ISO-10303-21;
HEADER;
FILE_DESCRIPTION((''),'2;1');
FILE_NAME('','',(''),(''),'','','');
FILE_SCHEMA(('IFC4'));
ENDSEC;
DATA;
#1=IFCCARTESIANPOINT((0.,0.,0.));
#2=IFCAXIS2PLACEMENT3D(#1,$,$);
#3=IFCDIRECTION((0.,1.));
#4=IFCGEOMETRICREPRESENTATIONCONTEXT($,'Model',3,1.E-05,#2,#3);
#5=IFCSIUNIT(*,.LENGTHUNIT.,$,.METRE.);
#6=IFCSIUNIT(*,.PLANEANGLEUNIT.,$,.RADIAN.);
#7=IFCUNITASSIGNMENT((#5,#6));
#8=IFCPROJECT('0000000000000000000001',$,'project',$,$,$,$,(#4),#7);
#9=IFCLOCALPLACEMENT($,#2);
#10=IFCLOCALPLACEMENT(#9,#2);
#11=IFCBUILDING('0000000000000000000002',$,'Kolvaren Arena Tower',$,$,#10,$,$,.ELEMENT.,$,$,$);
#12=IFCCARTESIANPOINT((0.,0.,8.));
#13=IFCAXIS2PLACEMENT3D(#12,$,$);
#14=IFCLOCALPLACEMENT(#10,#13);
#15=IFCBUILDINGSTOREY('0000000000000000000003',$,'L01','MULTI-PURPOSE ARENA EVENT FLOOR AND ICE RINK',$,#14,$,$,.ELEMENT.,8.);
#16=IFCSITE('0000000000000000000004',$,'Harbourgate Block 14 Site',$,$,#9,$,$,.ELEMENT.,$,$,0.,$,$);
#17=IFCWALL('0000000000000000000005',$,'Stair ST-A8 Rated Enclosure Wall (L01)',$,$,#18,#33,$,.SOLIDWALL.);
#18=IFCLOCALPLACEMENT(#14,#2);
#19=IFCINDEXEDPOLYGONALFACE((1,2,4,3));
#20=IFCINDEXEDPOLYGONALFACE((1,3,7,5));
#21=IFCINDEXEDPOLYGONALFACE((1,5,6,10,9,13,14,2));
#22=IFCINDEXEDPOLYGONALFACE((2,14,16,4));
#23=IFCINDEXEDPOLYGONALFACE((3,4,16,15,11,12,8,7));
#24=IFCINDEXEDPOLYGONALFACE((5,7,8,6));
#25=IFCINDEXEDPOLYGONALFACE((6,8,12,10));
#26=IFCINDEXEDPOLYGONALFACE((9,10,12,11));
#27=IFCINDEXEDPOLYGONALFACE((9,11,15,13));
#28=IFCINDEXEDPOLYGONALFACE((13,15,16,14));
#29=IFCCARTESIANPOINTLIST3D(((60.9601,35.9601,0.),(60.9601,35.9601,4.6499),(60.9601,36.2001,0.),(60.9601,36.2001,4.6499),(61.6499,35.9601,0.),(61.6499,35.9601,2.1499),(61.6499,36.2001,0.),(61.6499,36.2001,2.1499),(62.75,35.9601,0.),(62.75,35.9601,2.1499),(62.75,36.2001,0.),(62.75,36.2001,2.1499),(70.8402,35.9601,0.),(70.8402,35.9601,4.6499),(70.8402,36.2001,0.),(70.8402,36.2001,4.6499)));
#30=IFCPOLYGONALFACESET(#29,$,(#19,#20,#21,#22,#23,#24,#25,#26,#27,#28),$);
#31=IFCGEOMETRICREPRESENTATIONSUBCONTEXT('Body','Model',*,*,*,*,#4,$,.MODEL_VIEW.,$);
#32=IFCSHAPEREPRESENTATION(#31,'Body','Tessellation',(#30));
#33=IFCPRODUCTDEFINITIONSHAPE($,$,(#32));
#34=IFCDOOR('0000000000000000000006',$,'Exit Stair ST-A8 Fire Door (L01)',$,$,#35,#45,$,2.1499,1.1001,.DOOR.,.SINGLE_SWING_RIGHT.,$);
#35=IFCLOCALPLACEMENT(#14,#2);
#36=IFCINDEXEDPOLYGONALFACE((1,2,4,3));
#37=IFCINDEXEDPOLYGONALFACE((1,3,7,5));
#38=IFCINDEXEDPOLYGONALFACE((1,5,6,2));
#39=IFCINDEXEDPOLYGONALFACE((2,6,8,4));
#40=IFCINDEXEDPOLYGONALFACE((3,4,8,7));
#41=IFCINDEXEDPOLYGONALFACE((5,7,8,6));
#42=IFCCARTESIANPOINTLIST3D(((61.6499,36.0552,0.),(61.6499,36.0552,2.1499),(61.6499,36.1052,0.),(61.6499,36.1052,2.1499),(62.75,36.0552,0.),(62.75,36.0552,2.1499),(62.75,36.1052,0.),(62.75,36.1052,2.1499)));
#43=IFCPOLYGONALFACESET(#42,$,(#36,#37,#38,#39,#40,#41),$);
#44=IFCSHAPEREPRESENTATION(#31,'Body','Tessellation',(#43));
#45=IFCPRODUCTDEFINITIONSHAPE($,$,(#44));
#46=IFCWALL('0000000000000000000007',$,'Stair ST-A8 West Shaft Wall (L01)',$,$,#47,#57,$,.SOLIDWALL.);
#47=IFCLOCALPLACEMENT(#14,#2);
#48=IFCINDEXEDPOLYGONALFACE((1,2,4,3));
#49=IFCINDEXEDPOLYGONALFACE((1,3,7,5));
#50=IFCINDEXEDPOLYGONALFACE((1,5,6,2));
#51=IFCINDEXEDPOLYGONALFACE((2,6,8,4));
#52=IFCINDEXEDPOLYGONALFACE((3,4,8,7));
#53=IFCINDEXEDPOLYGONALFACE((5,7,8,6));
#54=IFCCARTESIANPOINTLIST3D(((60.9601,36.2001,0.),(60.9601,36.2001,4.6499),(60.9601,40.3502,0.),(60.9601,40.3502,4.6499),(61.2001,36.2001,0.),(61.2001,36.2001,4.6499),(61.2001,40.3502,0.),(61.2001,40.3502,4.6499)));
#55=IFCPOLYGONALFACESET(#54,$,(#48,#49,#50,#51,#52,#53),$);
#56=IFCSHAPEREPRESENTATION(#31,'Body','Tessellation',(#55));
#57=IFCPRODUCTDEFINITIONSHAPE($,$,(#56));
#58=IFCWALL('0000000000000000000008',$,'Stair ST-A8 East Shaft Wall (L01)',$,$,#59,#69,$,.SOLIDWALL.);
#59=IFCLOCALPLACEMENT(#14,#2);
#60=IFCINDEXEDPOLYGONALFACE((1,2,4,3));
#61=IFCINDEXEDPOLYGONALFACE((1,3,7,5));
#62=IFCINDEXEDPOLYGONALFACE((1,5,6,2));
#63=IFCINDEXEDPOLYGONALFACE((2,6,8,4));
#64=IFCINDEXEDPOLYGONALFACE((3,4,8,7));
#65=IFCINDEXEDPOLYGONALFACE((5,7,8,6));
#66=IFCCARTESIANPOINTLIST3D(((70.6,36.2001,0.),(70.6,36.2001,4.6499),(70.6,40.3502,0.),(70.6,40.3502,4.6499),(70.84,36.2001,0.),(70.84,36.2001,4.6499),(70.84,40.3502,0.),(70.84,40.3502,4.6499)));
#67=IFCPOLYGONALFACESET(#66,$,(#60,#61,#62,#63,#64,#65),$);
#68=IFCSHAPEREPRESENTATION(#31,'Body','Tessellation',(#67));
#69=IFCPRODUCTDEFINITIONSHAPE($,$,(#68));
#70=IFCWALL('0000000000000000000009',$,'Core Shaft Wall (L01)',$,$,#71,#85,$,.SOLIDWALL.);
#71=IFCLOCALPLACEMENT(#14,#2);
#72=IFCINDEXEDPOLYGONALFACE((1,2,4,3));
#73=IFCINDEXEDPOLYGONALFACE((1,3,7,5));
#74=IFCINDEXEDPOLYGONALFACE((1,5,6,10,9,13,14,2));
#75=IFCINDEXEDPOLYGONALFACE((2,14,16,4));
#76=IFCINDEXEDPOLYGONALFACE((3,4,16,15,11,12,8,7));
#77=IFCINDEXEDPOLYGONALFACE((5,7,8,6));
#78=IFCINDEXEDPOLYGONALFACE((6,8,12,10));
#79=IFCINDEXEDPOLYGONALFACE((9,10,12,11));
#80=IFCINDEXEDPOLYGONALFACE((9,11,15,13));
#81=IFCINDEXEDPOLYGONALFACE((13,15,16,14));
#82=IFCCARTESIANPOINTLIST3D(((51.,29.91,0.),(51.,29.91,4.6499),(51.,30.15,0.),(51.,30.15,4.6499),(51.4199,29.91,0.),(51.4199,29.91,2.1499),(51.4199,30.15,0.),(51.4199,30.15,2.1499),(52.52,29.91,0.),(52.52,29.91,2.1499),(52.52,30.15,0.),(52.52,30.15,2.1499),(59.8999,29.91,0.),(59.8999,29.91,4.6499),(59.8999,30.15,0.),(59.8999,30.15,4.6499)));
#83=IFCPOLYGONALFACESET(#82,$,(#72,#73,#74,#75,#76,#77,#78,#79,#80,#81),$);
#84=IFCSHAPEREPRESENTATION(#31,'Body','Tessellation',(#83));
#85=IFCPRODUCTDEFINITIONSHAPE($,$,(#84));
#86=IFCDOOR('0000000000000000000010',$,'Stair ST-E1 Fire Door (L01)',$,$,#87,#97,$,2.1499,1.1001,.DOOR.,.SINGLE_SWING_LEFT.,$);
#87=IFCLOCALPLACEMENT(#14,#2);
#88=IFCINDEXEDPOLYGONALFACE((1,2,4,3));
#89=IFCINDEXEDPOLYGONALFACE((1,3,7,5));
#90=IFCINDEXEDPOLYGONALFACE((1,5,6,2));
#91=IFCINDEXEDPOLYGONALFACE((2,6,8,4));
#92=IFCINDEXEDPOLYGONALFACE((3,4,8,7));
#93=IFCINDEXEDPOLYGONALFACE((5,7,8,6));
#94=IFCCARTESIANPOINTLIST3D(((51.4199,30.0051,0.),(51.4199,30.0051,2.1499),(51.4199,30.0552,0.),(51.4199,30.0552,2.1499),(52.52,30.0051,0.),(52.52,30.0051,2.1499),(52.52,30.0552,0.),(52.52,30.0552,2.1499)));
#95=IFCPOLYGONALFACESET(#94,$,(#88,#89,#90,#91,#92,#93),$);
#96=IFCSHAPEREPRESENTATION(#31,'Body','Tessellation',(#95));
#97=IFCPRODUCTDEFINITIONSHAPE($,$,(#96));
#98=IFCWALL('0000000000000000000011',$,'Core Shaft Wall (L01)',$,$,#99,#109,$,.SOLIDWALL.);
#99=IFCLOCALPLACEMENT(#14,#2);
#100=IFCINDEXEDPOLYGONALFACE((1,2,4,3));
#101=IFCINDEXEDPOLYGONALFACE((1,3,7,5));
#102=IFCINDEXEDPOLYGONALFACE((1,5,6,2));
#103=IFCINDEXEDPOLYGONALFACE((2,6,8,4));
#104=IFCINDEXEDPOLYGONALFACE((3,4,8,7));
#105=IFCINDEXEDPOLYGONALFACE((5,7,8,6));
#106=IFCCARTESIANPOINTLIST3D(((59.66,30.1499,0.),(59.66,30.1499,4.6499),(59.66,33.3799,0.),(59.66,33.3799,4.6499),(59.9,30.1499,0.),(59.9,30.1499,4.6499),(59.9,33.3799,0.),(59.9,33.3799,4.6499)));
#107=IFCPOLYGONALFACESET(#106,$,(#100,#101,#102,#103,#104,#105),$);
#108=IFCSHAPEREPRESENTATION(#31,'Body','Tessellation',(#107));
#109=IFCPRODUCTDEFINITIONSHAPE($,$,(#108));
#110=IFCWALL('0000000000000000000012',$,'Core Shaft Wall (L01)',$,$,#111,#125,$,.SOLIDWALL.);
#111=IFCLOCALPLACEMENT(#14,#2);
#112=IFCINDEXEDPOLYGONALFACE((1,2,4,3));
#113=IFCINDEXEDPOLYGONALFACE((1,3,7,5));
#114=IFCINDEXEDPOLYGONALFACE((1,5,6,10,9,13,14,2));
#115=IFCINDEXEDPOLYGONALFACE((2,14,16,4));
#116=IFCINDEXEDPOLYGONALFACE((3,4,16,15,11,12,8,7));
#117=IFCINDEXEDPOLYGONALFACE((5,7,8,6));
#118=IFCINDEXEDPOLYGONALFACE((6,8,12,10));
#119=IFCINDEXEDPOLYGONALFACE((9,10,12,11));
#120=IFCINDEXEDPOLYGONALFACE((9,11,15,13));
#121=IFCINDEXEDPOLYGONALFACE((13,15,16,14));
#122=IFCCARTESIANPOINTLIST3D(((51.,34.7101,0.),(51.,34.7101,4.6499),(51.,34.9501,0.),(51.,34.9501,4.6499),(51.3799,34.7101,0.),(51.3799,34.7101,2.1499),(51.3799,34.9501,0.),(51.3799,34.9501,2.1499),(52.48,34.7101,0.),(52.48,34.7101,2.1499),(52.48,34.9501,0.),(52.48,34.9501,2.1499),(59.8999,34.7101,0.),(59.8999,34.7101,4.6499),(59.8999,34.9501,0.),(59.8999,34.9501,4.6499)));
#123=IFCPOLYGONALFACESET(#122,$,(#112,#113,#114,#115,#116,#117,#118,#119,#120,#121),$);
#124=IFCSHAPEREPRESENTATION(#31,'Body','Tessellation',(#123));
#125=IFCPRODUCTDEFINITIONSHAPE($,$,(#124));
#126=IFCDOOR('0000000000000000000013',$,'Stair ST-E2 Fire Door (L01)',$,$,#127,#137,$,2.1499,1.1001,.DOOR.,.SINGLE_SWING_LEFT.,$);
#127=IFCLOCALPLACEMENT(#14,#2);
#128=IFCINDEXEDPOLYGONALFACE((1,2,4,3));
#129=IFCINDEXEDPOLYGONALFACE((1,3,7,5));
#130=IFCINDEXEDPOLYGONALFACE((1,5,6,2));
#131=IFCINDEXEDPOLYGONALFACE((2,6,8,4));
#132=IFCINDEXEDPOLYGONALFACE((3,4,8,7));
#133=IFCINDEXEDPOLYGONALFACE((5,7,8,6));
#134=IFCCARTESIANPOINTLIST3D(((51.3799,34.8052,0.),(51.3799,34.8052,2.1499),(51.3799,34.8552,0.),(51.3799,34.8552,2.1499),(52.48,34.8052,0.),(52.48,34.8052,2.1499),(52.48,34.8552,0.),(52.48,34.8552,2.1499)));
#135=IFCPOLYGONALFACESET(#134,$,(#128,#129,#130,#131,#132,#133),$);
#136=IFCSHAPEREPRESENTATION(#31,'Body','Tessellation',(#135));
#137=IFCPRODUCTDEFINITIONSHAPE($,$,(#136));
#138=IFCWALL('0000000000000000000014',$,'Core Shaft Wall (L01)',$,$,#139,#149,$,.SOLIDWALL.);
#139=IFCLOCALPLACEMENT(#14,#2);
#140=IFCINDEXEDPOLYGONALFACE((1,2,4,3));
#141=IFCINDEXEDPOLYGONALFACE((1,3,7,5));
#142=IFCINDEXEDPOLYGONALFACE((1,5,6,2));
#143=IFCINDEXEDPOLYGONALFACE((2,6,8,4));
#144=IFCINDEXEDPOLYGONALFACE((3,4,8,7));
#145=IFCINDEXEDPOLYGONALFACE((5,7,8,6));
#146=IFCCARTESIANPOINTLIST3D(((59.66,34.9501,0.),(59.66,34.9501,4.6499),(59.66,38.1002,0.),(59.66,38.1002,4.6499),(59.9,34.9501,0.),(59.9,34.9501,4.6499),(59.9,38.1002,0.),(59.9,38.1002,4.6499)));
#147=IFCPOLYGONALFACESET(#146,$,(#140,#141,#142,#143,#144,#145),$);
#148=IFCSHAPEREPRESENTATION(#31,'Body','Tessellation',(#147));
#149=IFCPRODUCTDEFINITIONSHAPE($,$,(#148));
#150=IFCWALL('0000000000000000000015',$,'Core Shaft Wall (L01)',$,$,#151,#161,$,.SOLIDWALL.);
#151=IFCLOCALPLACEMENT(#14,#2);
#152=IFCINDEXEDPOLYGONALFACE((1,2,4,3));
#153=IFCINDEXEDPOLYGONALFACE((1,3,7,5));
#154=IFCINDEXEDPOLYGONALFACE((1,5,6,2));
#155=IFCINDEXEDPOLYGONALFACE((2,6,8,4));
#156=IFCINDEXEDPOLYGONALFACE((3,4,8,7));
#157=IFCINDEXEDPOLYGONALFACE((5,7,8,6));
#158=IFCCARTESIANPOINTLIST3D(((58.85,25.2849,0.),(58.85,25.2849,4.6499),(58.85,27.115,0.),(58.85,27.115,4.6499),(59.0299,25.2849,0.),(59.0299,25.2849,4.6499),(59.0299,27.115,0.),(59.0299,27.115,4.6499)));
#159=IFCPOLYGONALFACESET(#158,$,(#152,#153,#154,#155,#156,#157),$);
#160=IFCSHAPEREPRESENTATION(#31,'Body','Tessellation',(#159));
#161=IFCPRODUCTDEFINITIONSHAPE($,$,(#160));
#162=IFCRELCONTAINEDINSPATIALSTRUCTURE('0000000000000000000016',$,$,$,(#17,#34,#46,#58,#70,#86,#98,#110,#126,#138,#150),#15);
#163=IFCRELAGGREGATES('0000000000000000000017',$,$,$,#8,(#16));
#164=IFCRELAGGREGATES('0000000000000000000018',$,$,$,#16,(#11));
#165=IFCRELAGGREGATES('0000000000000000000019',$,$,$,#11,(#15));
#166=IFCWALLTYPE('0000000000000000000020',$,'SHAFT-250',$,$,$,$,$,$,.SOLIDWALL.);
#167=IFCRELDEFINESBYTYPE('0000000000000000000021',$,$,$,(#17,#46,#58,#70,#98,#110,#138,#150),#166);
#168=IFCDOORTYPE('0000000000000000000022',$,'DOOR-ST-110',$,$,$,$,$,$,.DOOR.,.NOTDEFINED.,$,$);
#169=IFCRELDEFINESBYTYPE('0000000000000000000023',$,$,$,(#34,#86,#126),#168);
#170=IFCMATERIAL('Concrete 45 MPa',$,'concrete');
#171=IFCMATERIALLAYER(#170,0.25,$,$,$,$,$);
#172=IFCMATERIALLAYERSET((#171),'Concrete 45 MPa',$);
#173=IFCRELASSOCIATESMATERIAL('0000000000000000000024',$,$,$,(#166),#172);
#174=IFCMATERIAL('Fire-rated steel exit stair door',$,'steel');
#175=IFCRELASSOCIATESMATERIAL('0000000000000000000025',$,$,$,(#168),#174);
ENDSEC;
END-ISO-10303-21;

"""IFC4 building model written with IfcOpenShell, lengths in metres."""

from ifc_helpers import new_model, si_unit, direction, frame, frame_2d, origin, place, context, subcontext, project, spatial, rectangle, extrude, material, layer, layer_set, type_object, element, fill, save


model = new_model("IFC4")

# Units and contexts
model_context = context("Model", 3, precision=1e-05, world=origin(), true_north=direction((0.0, 1.0)))
body_context = subcontext(model_context, "Body", "Model", "MODEL_VIEW")
ifc_project = project(units=[si_unit("LENGTHUNIT", "METRE"), si_unit("PLANEANGLEUNIT", "RADIAN")], contexts=[model_context])

# Site, building, storey
site_placement = place(None, origin())
site = spatial("IfcSite", under=ifc_project, at=site_placement, Name="Harbourgate Block 14 Site", CompositionType="ELEMENT", RefElevation=0.0)
building_placement = place(site_placement, origin())
building = spatial("IfcBuilding", under=site, at=building_placement, Name="Kolvaren Arena Tower", CompositionType="ELEMENT")
storey_placement = place(building_placement, frame((0.0, 0.0, 8.0)))
storey = spatial("IfcBuildingStorey", under=building, at=storey_placement, Name="L01", Description="MULTI-PURPOSE ARENA EVENT FLOOR AND ICE RINK", CompositionType="ELEMENT", Elevation=8.0)

# Wall, opening, door
ifc_material_1 = material(Name="Concrete 45 MPa", Category="concrete")
ifc_layer_1 = layer(ifc_material_1, 0.25)
ifc_layer_set_1 = layer_set([ifc_layer_1], Name="Concrete 45 MPa")
wall_type_1 = type_object("IfcWallType", Name="SHAFT-250", PredefinedType="SOLIDWALL", material=ifc_layer_set_1)
wall_1_placement = place(storey_placement, frame((70.8401, 36.0801, 0.0), z_axis=(0.0, 0.0, 1.0), x_axis=(-1.0, 0.0, 0.0)))
wall_1 = element("IfcWall", 1, at=wall_1_placement, inside=storey, type_object=wall_type_1, Name="Stair ST-A8 Rated Enclosure Wall (L01)", PredefinedType="SOLIDWALL", context=body_context, shape_type="SweptSolid", body=[
    extrude(rectangle(XDim=9.8801, YDim=0.24, at=frame_2d((4.9399, 0.0))), origin(), (0.0, 0.0, 1.0), 4.6499),
])
opening_1_placement = place(wall_1_placement, frame((8.0901, 0.0, 0.0)))
opening_1 = element("IfcOpeningElement", 2, at=opening_1_placement, cuts=wall_1, PredefinedType="OPENING", context=body_context, shape_type="SweptSolid", body=[
    extrude(rectangle(XDim=1.1001, YDim=2.1499, at=frame_2d((0.55, 1.075))), frame((0.0, 0.1299, 0.0), z_axis=(0.0, -1.0, 0.0), x_axis=(1.0, 0.0, 0.0)), (0.0, 0.0, 1.0), 0.26),
])
ifc_material_2 = material(Name="Fire-rated steel exit stair door", Category="steel")
door_type = type_object("IfcDoorType", Name="DOOR-ST-110", OperationType="NOTDEFINED", PredefinedType="DOOR", material=ifc_material_2)
door_1_placement = place(opening_1_placement, origin())
door_1 = element("IfcDoor", 3, at=door_1_placement, inside=storey, type_object=door_type, Name="Exit Stair ST-A8 Fire Door (L01)", OperationType="SINGLE_SWING_RIGHT", OverallHeight=2.1499, OverallWidth=1.1001, PredefinedType="DOOR", context=body_context, shape_type="SweptSolid", body=[
    extrude(rectangle(XDim=1.1001, YDim=2.1499, at=frame_2d((0.55, 1.075))), frame((0.0, 0.0249, 0.0), z_axis=(0.0, -1.0, 0.0), x_axis=(1.0, 0.0, 0.0)), (0.0, 0.0, 1.0), 0.05),
])
fill(opening_1, door_1)

# Walls
for number, where, z_axis, x_axis, name in (
    (4, (61.0801, 36.2, 0.0), (0.0, 0.0, 1.0), (0.0, 1.0, 0.0), "Stair ST-A8 West Shaft Wall (L01)"),
    (5, (70.72, 36.2, 0.0), (0.0, 0.0, 1.0), (0.0, 1.0, 0.0), "Stair ST-A8 East Shaft Wall (L01)"),
):
    element("IfcWall", number, at=place(storey_placement, frame(where, z_axis=z_axis, x_axis=x_axis)), inside=storey, type_object=wall_type_1, Name=name, PredefinedType="SOLIDWALL", context=body_context, shape_type="SweptSolid", body=[
        extrude(rectangle(XDim=4.1501, YDim=0.24, at=frame_2d((2.0752, 0.0))), origin(), (0.0, 0.0, 1.0), 4.6499),
    ])

# Wall, opening, door
wall_2_placement = place(storey_placement, frame((59.8999, 30.03, 0.0), z_axis=(0.0, 0.0, 1.0), x_axis=(-1.0, 0.0, 0.0)))
wall_2 = element("IfcWall", 6, at=wall_2_placement, inside=storey, type_object=wall_type_1, Name="Core Shaft Wall (L01)", PredefinedType="SOLIDWALL", context=body_context, shape_type="SweptSolid", body=[
    extrude(rectangle(XDim=8.8999, YDim=0.24, at=frame_2d((4.45, 0.0))), origin(), (0.0, 0.0, 1.0), 4.6499),
])
opening_2_placement = place(wall_2_placement, frame((7.3799, 0.0, 0.0)))
opening_2 = element("IfcOpeningElement", 7, at=opening_2_placement, cuts=wall_2, PredefinedType="OPENING", context=body_context, shape_type="SweptSolid", body=[
    extrude(rectangle(XDim=1.1001, YDim=2.1499, at=frame_2d((0.55, 1.075))), frame((0.0, 0.1299, 0.0), z_axis=(0.0, -1.0, 0.0), x_axis=(1.0, 0.0, 0.0)), (0.0, 0.0, 1.0), 0.26),
])
door_2_placement = place(opening_2_placement, origin())
door_2 = element("IfcDoor", 8, at=door_2_placement, inside=storey, type_object=door_type, Name="Stair ST-E1 Fire Door (L01)", OperationType="SINGLE_SWING_LEFT", OverallHeight=2.1499, OverallWidth=1.1001, PredefinedType="DOOR", context=body_context, shape_type="SweptSolid", body=[
    extrude(rectangle(XDim=1.1001, YDim=2.1499, at=frame_2d((0.55, 1.075))), frame((0.0, 0.0249, 0.0), z_axis=(0.0, -1.0, 0.0), x_axis=(1.0, 0.0, 0.0)), (0.0, 0.0, 1.0), 0.05),
])
fill(opening_2, door_2)

# Wall
wall_3_placement = place(storey_placement, frame((59.78, 30.1499, 0.0), z_axis=(0.0, 0.0, 1.0), x_axis=(0.0, 1.0, 0.0)))
element("IfcWall", 9, at=wall_3_placement, inside=storey, type_object=wall_type_1, Name="Core Shaft Wall (L01)", PredefinedType="SOLIDWALL", context=body_context, shape_type="SweptSolid", body=[
    extrude(rectangle(XDim=3.23, YDim=0.24, at=frame_2d((1.615, 0.0))), origin(), (0.0, 0.0, 1.0), 4.6499),
])

# Wall, opening, door
wall_4_placement = place(storey_placement, frame((59.8999, 34.8301, 0.0), z_axis=(0.0, 0.0, 1.0), x_axis=(-1.0, 0.0, 0.0)))
wall_4 = element("IfcWall", 10, at=wall_4_placement, inside=storey, type_object=wall_type_1, Name="Core Shaft Wall (L01)", PredefinedType="SOLIDWALL", context=body_context, shape_type="SweptSolid", body=[
    extrude(rectangle(XDim=8.8999, YDim=0.24, at=frame_2d((4.45, 0.0))), origin(), (0.0, 0.0, 1.0), 4.6499),
])
opening_3_placement = place(wall_4_placement, frame((7.4199, 0.0, 0.0)))
opening_3 = element("IfcOpeningElement", 11, at=opening_3_placement, cuts=wall_4, PredefinedType="OPENING", context=body_context, shape_type="SweptSolid", body=[
    extrude(rectangle(XDim=1.1001, YDim=2.1499, at=frame_2d((0.55, 1.075))), frame((0.0, 0.1299, 0.0), z_axis=(0.0, -1.0, 0.0), x_axis=(1.0, 0.0, 0.0)), (0.0, 0.0, 1.0), 0.26),
])
door_3_placement = place(opening_3_placement, origin())
door_3 = element("IfcDoor", 12, at=door_3_placement, inside=storey, type_object=door_type, Name="Stair ST-E2 Fire Door (L01)", OperationType="SINGLE_SWING_LEFT", OverallHeight=2.1499, OverallWidth=1.1001, PredefinedType="DOOR", context=body_context, shape_type="SweptSolid", body=[
    extrude(rectangle(XDim=1.1001, YDim=2.1499, at=frame_2d((0.55, 1.075))), frame((0.0, 0.0249, 0.0), z_axis=(0.0, -1.0, 0.0), x_axis=(1.0, 0.0, 0.0)), (0.0, 0.0, 1.0), 0.05),
])
fill(opening_3, door_3)

# Walls
wall_5_placement = place(storey_placement, frame((59.78, 34.95, 0.0), z_axis=(0.0, 0.0, 1.0), x_axis=(0.0, 1.0, 0.0)))
element("IfcWall", 13, at=wall_5_placement, inside=storey, type_object=wall_type_1, Name="Core Shaft Wall (L01)", PredefinedType="SOLIDWALL", context=body_context, shape_type="SweptSolid", body=[
    extrude(rectangle(XDim=3.1501, YDim=0.24, at=frame_2d((1.5752, 0.0))), origin(), (0.0, 0.0, 1.0), 4.6499),
])
wall_6_placement = place(storey_placement, frame((58.9399, 25.2849, 0.0), z_axis=(0.0, 0.0, 1.0), x_axis=(0.0, 1.0, 0.0)))
element("IfcWall", 14, at=wall_6_placement, inside=storey, type_object=wall_type_1, Name="Core Shaft Wall (L01)", PredefinedType="SOLIDWALL", context=body_context, shape_type="SweptSolid", body=[
    extrude(rectangle(XDim=1.8301, YDim=0.1799, at=frame_2d((0.915, 0.0))), origin(), (0.0, 0.0, 1.0), 4.6499),
])

save(model, "model.ifc")
